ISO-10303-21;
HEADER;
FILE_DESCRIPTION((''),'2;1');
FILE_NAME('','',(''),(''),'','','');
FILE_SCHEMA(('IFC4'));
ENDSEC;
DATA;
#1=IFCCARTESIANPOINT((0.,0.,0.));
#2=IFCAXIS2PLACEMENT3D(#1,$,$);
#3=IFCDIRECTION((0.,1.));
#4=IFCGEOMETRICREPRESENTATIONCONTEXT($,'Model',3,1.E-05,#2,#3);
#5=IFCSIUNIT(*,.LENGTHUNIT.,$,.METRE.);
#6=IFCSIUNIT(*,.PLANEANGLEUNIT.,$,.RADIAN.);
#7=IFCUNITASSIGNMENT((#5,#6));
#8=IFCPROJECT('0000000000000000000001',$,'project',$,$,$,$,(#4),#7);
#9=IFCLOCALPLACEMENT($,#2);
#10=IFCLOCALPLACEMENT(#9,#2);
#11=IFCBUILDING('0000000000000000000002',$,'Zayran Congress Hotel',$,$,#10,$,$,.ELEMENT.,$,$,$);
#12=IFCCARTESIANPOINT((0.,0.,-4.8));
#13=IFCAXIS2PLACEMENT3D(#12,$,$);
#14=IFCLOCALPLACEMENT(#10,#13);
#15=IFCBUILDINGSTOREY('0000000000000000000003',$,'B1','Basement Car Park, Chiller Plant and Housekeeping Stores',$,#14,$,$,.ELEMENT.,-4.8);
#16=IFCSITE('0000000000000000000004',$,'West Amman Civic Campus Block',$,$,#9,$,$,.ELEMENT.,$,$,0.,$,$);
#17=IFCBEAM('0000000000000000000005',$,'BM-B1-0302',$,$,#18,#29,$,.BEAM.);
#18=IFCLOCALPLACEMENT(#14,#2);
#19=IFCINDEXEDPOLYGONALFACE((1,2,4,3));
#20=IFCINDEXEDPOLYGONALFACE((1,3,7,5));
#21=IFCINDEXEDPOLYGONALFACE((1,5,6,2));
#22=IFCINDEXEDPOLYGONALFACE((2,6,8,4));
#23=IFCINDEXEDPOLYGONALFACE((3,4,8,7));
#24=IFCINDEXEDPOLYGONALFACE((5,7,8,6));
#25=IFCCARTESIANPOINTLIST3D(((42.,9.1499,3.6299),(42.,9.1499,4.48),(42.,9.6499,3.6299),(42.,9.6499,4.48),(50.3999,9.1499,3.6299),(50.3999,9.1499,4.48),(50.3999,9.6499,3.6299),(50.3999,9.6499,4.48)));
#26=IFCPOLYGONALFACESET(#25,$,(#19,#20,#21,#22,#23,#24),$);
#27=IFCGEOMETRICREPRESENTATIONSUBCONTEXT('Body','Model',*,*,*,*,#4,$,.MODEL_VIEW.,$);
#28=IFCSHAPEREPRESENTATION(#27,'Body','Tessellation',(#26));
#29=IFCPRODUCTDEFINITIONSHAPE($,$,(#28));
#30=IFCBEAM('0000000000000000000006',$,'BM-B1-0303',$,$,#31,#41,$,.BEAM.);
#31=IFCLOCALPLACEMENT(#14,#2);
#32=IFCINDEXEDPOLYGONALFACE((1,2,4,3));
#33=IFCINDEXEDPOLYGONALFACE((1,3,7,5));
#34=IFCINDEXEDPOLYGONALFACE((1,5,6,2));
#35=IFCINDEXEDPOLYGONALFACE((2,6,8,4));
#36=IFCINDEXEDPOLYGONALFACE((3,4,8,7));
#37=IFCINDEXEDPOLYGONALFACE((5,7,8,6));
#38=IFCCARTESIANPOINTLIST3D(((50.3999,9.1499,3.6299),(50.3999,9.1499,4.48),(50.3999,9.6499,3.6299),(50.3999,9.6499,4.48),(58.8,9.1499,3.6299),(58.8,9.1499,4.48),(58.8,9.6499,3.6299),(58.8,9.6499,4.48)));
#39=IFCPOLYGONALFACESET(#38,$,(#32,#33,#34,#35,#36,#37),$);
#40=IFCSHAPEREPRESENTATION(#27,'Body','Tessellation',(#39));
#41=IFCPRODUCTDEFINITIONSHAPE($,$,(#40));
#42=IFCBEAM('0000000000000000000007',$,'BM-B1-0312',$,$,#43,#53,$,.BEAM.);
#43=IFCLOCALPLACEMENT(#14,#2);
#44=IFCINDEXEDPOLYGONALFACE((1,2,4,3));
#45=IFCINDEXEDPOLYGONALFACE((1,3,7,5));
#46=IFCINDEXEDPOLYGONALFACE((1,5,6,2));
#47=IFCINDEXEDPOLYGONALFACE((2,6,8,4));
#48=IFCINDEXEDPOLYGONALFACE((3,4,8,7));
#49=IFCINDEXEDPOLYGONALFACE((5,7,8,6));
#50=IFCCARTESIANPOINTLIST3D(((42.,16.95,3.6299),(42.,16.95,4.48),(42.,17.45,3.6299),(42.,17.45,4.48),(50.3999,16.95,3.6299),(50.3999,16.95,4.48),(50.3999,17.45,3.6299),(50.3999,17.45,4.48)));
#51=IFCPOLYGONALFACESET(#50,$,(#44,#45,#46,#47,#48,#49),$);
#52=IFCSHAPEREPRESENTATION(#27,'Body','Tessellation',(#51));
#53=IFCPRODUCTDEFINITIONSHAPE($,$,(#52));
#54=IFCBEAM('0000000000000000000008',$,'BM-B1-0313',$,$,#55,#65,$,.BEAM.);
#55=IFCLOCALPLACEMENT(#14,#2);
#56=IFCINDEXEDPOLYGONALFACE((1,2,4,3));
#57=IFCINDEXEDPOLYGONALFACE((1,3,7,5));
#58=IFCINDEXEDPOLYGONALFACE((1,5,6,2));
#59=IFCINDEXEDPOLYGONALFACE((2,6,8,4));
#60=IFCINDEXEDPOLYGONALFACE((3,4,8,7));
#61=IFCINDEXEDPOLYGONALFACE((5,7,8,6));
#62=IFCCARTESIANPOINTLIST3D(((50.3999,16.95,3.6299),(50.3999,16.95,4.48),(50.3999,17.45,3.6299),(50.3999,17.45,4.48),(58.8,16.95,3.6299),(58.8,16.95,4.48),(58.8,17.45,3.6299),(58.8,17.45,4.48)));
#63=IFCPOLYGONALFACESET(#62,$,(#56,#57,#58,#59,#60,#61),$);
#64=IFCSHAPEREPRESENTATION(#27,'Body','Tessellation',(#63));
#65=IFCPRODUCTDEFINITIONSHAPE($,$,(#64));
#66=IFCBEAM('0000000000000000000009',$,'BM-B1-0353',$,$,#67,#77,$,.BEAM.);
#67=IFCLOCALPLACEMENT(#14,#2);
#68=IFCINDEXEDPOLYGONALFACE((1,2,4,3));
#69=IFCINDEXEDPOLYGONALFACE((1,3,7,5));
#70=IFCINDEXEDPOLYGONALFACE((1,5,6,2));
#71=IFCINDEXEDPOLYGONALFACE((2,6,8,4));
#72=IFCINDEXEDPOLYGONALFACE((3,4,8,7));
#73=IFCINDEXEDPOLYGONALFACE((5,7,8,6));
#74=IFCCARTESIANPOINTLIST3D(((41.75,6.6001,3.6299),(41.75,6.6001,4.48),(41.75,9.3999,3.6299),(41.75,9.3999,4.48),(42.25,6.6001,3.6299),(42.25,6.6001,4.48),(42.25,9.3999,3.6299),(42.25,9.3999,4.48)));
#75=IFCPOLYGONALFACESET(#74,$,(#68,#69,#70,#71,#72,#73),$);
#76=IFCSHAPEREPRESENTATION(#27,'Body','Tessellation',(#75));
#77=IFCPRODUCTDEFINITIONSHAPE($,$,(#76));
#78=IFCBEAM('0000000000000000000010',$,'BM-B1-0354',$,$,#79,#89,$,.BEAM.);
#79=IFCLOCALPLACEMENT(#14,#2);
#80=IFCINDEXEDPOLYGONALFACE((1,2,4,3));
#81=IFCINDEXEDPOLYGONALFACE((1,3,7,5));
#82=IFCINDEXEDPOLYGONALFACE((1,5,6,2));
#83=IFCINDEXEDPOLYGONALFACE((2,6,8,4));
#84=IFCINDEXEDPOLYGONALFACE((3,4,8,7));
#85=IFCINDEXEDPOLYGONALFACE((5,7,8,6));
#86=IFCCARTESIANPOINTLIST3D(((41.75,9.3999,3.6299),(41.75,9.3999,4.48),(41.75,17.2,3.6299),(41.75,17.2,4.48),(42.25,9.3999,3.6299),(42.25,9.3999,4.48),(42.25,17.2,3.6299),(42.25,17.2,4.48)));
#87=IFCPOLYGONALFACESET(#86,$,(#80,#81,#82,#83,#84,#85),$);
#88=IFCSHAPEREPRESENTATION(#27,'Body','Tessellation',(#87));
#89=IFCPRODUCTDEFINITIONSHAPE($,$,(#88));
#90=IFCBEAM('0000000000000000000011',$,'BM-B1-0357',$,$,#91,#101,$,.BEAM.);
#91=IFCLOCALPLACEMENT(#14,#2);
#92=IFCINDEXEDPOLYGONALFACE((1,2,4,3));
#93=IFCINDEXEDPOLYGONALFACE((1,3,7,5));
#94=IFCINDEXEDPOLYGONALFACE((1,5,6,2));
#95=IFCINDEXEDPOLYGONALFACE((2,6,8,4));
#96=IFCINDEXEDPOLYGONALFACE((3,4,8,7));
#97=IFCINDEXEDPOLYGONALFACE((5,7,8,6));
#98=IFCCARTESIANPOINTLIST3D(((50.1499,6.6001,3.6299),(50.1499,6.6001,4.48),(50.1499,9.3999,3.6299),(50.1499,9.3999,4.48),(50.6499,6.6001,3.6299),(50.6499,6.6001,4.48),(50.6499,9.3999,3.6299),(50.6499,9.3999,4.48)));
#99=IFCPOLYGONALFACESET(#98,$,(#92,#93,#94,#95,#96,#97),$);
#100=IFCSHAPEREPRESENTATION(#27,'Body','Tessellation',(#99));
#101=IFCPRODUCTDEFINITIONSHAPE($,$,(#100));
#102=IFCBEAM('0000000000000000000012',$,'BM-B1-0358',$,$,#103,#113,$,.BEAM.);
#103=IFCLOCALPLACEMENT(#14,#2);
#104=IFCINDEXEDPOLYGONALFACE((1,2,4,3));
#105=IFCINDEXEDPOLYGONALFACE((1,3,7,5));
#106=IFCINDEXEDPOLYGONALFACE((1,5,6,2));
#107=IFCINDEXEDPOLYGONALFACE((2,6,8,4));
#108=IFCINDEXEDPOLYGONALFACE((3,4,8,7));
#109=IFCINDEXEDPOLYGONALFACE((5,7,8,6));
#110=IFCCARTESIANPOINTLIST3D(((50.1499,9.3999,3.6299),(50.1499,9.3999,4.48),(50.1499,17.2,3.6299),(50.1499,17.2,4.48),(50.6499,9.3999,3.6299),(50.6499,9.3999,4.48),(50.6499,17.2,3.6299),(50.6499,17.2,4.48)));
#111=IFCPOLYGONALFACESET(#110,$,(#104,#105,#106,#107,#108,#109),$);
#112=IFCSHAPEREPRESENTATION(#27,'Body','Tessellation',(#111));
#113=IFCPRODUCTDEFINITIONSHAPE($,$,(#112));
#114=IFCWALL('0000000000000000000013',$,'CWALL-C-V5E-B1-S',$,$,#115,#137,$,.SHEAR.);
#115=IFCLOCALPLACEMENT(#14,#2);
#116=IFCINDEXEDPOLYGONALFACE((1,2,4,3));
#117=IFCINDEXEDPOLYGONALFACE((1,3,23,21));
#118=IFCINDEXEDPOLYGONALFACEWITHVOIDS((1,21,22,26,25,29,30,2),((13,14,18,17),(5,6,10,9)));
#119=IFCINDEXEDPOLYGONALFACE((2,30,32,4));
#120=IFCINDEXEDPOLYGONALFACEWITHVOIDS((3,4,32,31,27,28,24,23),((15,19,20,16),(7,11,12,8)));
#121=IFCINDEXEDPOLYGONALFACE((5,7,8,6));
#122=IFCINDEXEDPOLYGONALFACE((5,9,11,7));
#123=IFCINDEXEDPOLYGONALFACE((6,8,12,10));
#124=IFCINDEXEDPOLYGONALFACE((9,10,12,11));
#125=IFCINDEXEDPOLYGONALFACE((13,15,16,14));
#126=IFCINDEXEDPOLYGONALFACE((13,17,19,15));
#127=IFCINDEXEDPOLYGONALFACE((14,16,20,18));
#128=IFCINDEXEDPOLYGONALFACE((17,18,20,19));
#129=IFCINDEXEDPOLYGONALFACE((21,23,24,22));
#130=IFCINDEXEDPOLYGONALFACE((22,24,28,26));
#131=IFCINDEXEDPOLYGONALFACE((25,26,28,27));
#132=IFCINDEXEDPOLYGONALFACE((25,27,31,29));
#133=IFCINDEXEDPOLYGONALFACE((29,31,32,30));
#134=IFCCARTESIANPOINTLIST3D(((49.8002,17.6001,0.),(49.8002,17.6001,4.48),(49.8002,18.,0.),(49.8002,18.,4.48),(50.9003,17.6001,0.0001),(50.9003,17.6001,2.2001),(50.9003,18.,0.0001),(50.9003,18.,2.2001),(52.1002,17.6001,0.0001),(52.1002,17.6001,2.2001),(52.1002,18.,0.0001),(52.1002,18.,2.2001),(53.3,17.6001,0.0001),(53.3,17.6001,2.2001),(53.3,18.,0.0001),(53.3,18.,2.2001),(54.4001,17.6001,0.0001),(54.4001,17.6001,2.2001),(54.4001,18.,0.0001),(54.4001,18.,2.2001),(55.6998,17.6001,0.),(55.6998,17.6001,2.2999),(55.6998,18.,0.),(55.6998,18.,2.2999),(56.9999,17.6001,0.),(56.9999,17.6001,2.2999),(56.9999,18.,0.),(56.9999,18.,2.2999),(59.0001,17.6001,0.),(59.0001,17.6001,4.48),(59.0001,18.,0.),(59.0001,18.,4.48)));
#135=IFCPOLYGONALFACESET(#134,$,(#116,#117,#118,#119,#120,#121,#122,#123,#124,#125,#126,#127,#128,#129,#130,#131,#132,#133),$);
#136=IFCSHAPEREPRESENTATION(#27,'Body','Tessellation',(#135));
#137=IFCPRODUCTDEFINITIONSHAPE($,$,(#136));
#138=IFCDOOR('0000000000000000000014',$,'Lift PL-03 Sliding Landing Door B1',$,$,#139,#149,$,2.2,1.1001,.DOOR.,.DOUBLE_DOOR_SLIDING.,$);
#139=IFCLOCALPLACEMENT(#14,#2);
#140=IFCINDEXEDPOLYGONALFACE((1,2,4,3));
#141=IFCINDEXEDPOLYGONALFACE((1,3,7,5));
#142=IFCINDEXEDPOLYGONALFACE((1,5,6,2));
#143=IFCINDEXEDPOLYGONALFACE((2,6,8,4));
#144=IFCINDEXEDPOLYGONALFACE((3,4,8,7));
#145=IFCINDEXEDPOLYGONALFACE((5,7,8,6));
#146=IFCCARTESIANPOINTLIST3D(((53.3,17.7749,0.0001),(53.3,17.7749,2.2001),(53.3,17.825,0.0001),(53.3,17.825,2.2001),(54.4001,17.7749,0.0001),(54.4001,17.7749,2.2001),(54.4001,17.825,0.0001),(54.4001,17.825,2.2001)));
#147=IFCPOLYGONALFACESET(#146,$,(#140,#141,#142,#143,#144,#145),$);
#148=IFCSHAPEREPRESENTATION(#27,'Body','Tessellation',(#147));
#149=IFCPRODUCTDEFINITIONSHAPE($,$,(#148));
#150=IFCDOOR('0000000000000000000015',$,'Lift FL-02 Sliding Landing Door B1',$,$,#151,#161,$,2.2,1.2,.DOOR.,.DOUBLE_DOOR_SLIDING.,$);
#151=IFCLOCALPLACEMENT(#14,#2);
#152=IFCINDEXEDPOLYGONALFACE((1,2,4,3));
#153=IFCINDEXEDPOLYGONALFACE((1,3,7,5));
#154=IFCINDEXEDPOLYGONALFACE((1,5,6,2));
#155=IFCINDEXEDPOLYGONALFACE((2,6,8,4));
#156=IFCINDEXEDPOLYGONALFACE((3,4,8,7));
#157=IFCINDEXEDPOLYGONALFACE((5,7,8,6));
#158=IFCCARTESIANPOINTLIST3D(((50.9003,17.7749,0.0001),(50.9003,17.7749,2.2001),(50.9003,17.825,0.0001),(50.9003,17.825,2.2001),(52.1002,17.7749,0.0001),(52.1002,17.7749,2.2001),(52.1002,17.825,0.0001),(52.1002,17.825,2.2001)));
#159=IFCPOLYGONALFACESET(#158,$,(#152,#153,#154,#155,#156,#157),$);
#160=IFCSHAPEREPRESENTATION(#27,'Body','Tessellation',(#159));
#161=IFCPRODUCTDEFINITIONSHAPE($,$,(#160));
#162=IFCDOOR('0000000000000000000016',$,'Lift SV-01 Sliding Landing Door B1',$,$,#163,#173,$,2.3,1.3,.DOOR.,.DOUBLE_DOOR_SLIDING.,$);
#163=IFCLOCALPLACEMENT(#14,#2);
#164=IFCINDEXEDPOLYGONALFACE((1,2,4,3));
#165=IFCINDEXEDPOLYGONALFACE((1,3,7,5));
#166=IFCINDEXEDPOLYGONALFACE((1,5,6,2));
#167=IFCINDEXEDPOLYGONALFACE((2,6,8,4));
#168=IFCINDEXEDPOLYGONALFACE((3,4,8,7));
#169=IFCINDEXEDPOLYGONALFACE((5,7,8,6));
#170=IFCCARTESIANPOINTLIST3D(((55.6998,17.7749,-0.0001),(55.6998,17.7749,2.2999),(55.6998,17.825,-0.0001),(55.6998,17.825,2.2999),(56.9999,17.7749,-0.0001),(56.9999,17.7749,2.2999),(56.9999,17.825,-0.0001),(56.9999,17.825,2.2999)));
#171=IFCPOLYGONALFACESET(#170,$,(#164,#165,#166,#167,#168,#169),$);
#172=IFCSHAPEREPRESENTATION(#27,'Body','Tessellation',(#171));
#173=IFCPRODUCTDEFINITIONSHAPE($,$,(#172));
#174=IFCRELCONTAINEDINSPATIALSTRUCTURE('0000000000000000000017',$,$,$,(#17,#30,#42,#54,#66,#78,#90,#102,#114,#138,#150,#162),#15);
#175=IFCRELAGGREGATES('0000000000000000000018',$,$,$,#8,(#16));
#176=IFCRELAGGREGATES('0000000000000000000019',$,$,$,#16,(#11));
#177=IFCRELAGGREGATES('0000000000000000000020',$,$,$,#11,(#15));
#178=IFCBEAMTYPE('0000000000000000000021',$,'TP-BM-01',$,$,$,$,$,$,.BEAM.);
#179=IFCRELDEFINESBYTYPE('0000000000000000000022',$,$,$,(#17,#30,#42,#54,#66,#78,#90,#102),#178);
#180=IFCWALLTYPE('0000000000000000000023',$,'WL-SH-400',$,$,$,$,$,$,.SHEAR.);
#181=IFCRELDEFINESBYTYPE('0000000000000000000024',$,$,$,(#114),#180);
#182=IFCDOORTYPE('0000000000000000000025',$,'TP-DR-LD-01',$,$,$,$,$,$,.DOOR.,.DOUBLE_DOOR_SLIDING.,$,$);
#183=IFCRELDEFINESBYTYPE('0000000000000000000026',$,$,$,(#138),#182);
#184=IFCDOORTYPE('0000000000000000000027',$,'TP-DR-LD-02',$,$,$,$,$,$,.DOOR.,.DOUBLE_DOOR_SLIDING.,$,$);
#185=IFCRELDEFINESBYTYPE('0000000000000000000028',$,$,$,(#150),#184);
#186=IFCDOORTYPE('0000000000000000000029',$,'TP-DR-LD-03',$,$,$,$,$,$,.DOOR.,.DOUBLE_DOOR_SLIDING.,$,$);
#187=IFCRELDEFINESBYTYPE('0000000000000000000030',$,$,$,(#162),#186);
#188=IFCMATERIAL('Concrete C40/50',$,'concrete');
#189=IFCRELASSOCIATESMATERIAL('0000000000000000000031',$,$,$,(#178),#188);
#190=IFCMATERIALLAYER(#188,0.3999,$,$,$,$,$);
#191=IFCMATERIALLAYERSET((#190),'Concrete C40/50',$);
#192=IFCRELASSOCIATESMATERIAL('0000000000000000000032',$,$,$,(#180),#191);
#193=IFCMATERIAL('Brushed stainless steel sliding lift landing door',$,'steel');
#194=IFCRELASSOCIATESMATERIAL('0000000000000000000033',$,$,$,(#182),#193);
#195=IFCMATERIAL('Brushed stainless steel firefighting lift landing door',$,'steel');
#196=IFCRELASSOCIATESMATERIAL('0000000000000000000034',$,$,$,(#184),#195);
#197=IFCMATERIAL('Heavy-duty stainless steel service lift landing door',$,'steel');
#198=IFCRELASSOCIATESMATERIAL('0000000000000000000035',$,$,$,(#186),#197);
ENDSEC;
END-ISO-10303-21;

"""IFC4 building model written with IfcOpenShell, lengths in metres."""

from ifc_helpers import new_model, si_unit, direction, frame, frame_2d, origin, origin_2d, place, context, subcontext, project, spatial, rectangle, extrude, material, layer, layer_set, material_profile, profile_set, type_object, element, fill, save


model = new_model("IFC4")

# Units and contexts
model_context = context("Model", 3, precision=1e-05, world=origin(), true_north=direction((0.0, 1.0)))
body_context = subcontext(model_context, "Body", "Model", "MODEL_VIEW")
ifc_project = project(units=[si_unit("LENGTHUNIT", "METRE"), si_unit("PLANEANGLEUNIT", "RADIAN")], contexts=[model_context])

# Site, building, storey
site_placement = place(None, origin())
site = spatial("IfcSite", under=ifc_project, at=site_placement, Name="West Amman Civic Campus Block", CompositionType="ELEMENT", RefElevation=0.0)
building_placement = place(site_placement, origin())
building = spatial("IfcBuilding", under=site, at=building_placement, Name="Zayran Congress Hotel", CompositionType="ELEMENT")
storey_placement = place(building_placement, frame((0.0, 0.0, -4.8)))
storey = spatial("IfcBuildingStorey", under=building, at=storey_placement, Name="B1", Description="Basement Car Park, Chiller Plant and Housekeeping Stores", CompositionType="ELEMENT", Elevation=-4.8)

# Shared definitions
ifc_material_1 = material(Name="Concrete C40/50", Category="concrete")

# Beams
ifc_material_profile_1 = material_profile(ifc_material_1, rectangle(XDim=0.5, YDim=0.8501, at=origin_2d()), Name="RC 500x850")
ifc_profile_set_1 = profile_set([ifc_material_profile_1], Name="Concrete C40/50")
beam_type = type_object("IfcBeamType", Name="TP-BM-01", PredefinedType="BEAM", material=ifc_profile_set_1)
beam_1_placement = place(storey_placement, frame((42.0, 9.3999, 4.0549), z_axis=(1.0, 0.0, 0.0), x_axis=(0.0, 1.0, 0.0)))
element("IfcBeam", 1, at=beam_1_placement, inside=storey, type_object=beam_type, Name="BM-B1-0302", PredefinedType="BEAM", context=body_context, shape_type="SweptSolid", body=[
    extrude(rectangle(XDim=0.5, YDim=0.8501, at=origin_2d()), origin(), (0.0, 0.0, 1.0), 8.3999),
])
beam_2_placement = place(storey_placement, frame((50.3999, 9.3999, 4.0549), z_axis=(1.0, 0.0, 0.0), x_axis=(0.0, 1.0, 0.0)))
element("IfcBeam", 2, at=beam_2_placement, inside=storey, type_object=beam_type, Name="BM-B1-0303", PredefinedType="BEAM", context=body_context, shape_type="SweptSolid", body=[
    extrude(rectangle(XDim=0.5, YDim=0.8501, at=origin_2d()), origin(), (0.0, 0.0, 1.0), 8.4001),
])
beam_3_placement = place(storey_placement, frame((42.0, 17.2, 4.0549), z_axis=(1.0, 0.0, 0.0), x_axis=(0.0, 1.0, 0.0)))
element("IfcBeam", 3, at=beam_3_placement, inside=storey, type_object=beam_type, Name="BM-B1-0312", PredefinedType="BEAM", context=body_context, shape_type="SweptSolid", body=[
    extrude(rectangle(XDim=0.5, YDim=0.8501, at=origin_2d()), origin(), (0.0, 0.0, 1.0), 8.3999),
])
beam_4_placement = place(storey_placement, frame((50.3999, 17.2, 4.0549), z_axis=(1.0, 0.0, 0.0), x_axis=(0.0, 1.0, 0.0)))
element("IfcBeam", 4, at=beam_4_placement, inside=storey, type_object=beam_type, Name="BM-B1-0313", PredefinedType="BEAM", context=body_context, shape_type="SweptSolid", body=[
    extrude(rectangle(XDim=0.5, YDim=0.8501, at=origin_2d()), origin(), (0.0, 0.0, 1.0), 8.4001),
])
beam_5_placement = place(storey_placement, frame((42.0, 6.6001, 4.0549), z_axis=(0.0, 1.0, 0.0), x_axis=(-1.0, 0.0, 0.0)))
element("IfcBeam", 5, at=beam_5_placement, inside=storey, type_object=beam_type, Name="BM-B1-0353", PredefinedType="BEAM", context=body_context, shape_type="SweptSolid", body=[
    extrude(rectangle(XDim=0.5, YDim=0.8501, at=origin_2d()), origin(), (0.0, 0.0, 1.0), 2.7998),
])
beam_6_placement = place(storey_placement, frame((42.0, 9.3999, 4.0549), z_axis=(0.0, 1.0, 0.0), x_axis=(-1.0, 0.0, 0.0)))
element("IfcBeam", 6, at=beam_6_placement, inside=storey, type_object=beam_type, Name="BM-B1-0354", PredefinedType="BEAM", context=body_context, shape_type="SweptSolid", body=[
    extrude(rectangle(XDim=0.5, YDim=0.8501, at=origin_2d()), origin(), (0.0, 0.0, 1.0), 7.8),
])
beam_7_placement = place(storey_placement, frame((50.3999, 6.6001, 4.0549), z_axis=(0.0, 1.0, 0.0), x_axis=(-1.0, 0.0, 0.0)))
element("IfcBeam", 7, at=beam_7_placement, inside=storey, type_object=beam_type, Name="BM-B1-0357", PredefinedType="BEAM", context=body_context, shape_type="SweptSolid", body=[
    extrude(rectangle(XDim=0.5, YDim=0.8501, at=origin_2d()), origin(), (0.0, 0.0, 1.0), 2.7998),
])
beam_8_placement = place(storey_placement, frame((50.3999, 9.3999, 4.0549), z_axis=(0.0, 1.0, 0.0), x_axis=(-1.0, 0.0, 0.0)))
element("IfcBeam", 8, at=beam_8_placement, inside=storey, type_object=beam_type, Name="BM-B1-0358", PredefinedType="BEAM", context=body_context, shape_type="SweptSolid", body=[
    extrude(rectangle(XDim=0.5, YDim=0.8501, at=origin_2d()), origin(), (0.0, 0.0, 1.0), 7.8),
])

# Wall, openings, doors
ifc_layer_1 = layer(ifc_material_1, 0.3999)
ifc_layer_set_1 = layer_set([ifc_layer_1], Name="Concrete C40/50")
wall_type_1 = type_object("IfcWallType", Name="WL-SH-400", PredefinedType="SHEAR", material=ifc_layer_set_1)
wall_1_placement = place(storey_placement, frame((49.8, 17.8, 0.0), z_axis=(0.0, 0.0, 1.0), x_axis=(1.0, 0.0, 0.0)))
wall_1 = element("IfcWall", 9, at=wall_1_placement, inside=storey, type_object=wall_type_1, Name="CWALL-C-V5E-B1-S", PredefinedType="SHEAR", context=body_context, shape_type="SweptSolid", body=[
    extrude(rectangle(XDim=9.2, YDim=0.3999, at=frame_2d((4.6001, 0.0))), origin(), (0.0, 0.0, 1.0), 4.48),
])
opening_1_placement = place(wall_1_placement, frame((1.1001, 0.0, 0.0)))
opening_1 = element("IfcOpeningElement", 10, at=opening_1_placement, cuts=wall_1, PredefinedType="OPENING", context=body_context, shape_type="SweptSolid", body=[
    extrude(rectangle(XDim=1.2, YDim=2.2, at=frame_2d((0.6001, 1.1001))), frame((0.0, 0.21, 0.0), z_axis=(0.0, -1.0, 0.0), x_axis=(1.0, 0.0, 0.0)), (0.0, 0.0, 1.0), 0.4199),
])
opening_2_placement = place(wall_1_placement, frame((3.5, 0.0, 0.0)))
opening_2 = element("IfcOpeningElement", 11, at=opening_2_placement, cuts=wall_1, PredefinedType="OPENING", context=body_context, shape_type="SweptSolid", body=[
    extrude(rectangle(XDim=1.1001, YDim=2.2, at=frame_2d((0.55, 1.1001))), frame((0.0, 0.21, 0.0), z_axis=(0.0, -1.0, 0.0), x_axis=(1.0, 0.0, 0.0)), (0.0, 0.0, 1.0), 0.4199),
])
opening_3_placement = place(wall_1_placement, frame((5.8999, 0.0, 0.0)))
opening_3 = element("IfcOpeningElement", 12, at=opening_3_placement, cuts=wall_1, PredefinedType="OPENING", context=body_context, shape_type="SweptSolid", body=[
    extrude(rectangle(XDim=1.3, YDim=2.3, at=frame_2d((0.6499, 1.1499))), frame((0.0, 0.21, 0.0), z_axis=(0.0, -1.0, 0.0), x_axis=(1.0, 0.0, 0.0)), (0.0, 0.0, 1.0), 0.4199),
])
ifc_material_2 = material(Name="Brushed stainless steel sliding lift landing door", Category="steel")
door_type_1 = type_object("IfcDoorType", Name="TP-DR-LD-01", OperationType="DOUBLE_DOOR_SLIDING", PredefinedType="DOOR", material=ifc_material_2)
door_1_placement = place(opening_2_placement, origin())
door_1 = element("IfcDoor", 13, at=door_1_placement, inside=storey, type_object=door_type_1, Name="Lift PL-03 Sliding Landing Door B1", OperationType="DOUBLE_DOOR_SLIDING", OverallHeight=2.2, OverallWidth=1.1001, PredefinedType="DOOR", context=body_context, shape_type="SweptSolid", body=[
    extrude(rectangle(XDim=1.1001, YDim=2.2, at=frame_2d((0.55, 1.1001))), frame((0.0, 0.0249, 0.0), z_axis=(0.0, -1.0, 0.0), x_axis=(1.0, 0.0, 0.0)), (0.0, 0.0, 1.0), 0.05),
])
fill(opening_2, door_1)
ifc_material_3 = material(Name="Brushed stainless steel firefighting lift landing door", Category="steel")
door_type_2 = type_object("IfcDoorType", Name="TP-DR-LD-02", OperationType="DOUBLE_DOOR_SLIDING", PredefinedType="DOOR", material=ifc_material_3)
door_2_placement = place(opening_1_placement, origin())
door_2 = element("IfcDoor", 14, at=door_2_placement, inside=storey, type_object=door_type_2, Name="Lift FL-02 Sliding Landing Door B1", OperationType="DOUBLE_DOOR_SLIDING", OverallHeight=2.2, OverallWidth=1.2, PredefinedType="DOOR", context=body_context, shape_type="SweptSolid", body=[
    extrude(rectangle(XDim=1.2, YDim=2.2, at=frame_2d((0.6001, 1.1001))), frame((0.0, 0.0249, 0.0), z_axis=(0.0, -1.0, 0.0), x_axis=(1.0, 0.0, 0.0)), (0.0, 0.0, 1.0), 0.05),
])
fill(opening_1, door_2)
ifc_material_4 = material(Name="Heavy-duty stainless steel service lift landing door", Category="steel")
door_type_3 = type_object("IfcDoorType", Name="TP-DR-LD-03", OperationType="DOUBLE_DOOR_SLIDING", PredefinedType="DOOR", material=ifc_material_4)
door_3_placement = place(opening_3_placement, origin())
door_3 = element("IfcDoor", 15, at=door_3_placement, inside=storey, type_object=door_type_3, Name="Lift SV-01 Sliding Landing Door B1", OperationType="DOUBLE_DOOR_SLIDING", OverallHeight=2.3, OverallWidth=1.3, PredefinedType="DOOR", context=body_context, shape_type="SweptSolid", body=[
    extrude(rectangle(XDim=1.3, YDim=2.3, at=frame_2d((0.6499, 1.1499))), frame((0.0, 0.0249, 0.0), z_axis=(0.0, -1.0, 0.0), x_axis=(1.0, 0.0, 0.0)), (0.0, 0.0, 1.0), 0.05),
])
fill(opening_3, door_3)

save(model, "model.ifc")
